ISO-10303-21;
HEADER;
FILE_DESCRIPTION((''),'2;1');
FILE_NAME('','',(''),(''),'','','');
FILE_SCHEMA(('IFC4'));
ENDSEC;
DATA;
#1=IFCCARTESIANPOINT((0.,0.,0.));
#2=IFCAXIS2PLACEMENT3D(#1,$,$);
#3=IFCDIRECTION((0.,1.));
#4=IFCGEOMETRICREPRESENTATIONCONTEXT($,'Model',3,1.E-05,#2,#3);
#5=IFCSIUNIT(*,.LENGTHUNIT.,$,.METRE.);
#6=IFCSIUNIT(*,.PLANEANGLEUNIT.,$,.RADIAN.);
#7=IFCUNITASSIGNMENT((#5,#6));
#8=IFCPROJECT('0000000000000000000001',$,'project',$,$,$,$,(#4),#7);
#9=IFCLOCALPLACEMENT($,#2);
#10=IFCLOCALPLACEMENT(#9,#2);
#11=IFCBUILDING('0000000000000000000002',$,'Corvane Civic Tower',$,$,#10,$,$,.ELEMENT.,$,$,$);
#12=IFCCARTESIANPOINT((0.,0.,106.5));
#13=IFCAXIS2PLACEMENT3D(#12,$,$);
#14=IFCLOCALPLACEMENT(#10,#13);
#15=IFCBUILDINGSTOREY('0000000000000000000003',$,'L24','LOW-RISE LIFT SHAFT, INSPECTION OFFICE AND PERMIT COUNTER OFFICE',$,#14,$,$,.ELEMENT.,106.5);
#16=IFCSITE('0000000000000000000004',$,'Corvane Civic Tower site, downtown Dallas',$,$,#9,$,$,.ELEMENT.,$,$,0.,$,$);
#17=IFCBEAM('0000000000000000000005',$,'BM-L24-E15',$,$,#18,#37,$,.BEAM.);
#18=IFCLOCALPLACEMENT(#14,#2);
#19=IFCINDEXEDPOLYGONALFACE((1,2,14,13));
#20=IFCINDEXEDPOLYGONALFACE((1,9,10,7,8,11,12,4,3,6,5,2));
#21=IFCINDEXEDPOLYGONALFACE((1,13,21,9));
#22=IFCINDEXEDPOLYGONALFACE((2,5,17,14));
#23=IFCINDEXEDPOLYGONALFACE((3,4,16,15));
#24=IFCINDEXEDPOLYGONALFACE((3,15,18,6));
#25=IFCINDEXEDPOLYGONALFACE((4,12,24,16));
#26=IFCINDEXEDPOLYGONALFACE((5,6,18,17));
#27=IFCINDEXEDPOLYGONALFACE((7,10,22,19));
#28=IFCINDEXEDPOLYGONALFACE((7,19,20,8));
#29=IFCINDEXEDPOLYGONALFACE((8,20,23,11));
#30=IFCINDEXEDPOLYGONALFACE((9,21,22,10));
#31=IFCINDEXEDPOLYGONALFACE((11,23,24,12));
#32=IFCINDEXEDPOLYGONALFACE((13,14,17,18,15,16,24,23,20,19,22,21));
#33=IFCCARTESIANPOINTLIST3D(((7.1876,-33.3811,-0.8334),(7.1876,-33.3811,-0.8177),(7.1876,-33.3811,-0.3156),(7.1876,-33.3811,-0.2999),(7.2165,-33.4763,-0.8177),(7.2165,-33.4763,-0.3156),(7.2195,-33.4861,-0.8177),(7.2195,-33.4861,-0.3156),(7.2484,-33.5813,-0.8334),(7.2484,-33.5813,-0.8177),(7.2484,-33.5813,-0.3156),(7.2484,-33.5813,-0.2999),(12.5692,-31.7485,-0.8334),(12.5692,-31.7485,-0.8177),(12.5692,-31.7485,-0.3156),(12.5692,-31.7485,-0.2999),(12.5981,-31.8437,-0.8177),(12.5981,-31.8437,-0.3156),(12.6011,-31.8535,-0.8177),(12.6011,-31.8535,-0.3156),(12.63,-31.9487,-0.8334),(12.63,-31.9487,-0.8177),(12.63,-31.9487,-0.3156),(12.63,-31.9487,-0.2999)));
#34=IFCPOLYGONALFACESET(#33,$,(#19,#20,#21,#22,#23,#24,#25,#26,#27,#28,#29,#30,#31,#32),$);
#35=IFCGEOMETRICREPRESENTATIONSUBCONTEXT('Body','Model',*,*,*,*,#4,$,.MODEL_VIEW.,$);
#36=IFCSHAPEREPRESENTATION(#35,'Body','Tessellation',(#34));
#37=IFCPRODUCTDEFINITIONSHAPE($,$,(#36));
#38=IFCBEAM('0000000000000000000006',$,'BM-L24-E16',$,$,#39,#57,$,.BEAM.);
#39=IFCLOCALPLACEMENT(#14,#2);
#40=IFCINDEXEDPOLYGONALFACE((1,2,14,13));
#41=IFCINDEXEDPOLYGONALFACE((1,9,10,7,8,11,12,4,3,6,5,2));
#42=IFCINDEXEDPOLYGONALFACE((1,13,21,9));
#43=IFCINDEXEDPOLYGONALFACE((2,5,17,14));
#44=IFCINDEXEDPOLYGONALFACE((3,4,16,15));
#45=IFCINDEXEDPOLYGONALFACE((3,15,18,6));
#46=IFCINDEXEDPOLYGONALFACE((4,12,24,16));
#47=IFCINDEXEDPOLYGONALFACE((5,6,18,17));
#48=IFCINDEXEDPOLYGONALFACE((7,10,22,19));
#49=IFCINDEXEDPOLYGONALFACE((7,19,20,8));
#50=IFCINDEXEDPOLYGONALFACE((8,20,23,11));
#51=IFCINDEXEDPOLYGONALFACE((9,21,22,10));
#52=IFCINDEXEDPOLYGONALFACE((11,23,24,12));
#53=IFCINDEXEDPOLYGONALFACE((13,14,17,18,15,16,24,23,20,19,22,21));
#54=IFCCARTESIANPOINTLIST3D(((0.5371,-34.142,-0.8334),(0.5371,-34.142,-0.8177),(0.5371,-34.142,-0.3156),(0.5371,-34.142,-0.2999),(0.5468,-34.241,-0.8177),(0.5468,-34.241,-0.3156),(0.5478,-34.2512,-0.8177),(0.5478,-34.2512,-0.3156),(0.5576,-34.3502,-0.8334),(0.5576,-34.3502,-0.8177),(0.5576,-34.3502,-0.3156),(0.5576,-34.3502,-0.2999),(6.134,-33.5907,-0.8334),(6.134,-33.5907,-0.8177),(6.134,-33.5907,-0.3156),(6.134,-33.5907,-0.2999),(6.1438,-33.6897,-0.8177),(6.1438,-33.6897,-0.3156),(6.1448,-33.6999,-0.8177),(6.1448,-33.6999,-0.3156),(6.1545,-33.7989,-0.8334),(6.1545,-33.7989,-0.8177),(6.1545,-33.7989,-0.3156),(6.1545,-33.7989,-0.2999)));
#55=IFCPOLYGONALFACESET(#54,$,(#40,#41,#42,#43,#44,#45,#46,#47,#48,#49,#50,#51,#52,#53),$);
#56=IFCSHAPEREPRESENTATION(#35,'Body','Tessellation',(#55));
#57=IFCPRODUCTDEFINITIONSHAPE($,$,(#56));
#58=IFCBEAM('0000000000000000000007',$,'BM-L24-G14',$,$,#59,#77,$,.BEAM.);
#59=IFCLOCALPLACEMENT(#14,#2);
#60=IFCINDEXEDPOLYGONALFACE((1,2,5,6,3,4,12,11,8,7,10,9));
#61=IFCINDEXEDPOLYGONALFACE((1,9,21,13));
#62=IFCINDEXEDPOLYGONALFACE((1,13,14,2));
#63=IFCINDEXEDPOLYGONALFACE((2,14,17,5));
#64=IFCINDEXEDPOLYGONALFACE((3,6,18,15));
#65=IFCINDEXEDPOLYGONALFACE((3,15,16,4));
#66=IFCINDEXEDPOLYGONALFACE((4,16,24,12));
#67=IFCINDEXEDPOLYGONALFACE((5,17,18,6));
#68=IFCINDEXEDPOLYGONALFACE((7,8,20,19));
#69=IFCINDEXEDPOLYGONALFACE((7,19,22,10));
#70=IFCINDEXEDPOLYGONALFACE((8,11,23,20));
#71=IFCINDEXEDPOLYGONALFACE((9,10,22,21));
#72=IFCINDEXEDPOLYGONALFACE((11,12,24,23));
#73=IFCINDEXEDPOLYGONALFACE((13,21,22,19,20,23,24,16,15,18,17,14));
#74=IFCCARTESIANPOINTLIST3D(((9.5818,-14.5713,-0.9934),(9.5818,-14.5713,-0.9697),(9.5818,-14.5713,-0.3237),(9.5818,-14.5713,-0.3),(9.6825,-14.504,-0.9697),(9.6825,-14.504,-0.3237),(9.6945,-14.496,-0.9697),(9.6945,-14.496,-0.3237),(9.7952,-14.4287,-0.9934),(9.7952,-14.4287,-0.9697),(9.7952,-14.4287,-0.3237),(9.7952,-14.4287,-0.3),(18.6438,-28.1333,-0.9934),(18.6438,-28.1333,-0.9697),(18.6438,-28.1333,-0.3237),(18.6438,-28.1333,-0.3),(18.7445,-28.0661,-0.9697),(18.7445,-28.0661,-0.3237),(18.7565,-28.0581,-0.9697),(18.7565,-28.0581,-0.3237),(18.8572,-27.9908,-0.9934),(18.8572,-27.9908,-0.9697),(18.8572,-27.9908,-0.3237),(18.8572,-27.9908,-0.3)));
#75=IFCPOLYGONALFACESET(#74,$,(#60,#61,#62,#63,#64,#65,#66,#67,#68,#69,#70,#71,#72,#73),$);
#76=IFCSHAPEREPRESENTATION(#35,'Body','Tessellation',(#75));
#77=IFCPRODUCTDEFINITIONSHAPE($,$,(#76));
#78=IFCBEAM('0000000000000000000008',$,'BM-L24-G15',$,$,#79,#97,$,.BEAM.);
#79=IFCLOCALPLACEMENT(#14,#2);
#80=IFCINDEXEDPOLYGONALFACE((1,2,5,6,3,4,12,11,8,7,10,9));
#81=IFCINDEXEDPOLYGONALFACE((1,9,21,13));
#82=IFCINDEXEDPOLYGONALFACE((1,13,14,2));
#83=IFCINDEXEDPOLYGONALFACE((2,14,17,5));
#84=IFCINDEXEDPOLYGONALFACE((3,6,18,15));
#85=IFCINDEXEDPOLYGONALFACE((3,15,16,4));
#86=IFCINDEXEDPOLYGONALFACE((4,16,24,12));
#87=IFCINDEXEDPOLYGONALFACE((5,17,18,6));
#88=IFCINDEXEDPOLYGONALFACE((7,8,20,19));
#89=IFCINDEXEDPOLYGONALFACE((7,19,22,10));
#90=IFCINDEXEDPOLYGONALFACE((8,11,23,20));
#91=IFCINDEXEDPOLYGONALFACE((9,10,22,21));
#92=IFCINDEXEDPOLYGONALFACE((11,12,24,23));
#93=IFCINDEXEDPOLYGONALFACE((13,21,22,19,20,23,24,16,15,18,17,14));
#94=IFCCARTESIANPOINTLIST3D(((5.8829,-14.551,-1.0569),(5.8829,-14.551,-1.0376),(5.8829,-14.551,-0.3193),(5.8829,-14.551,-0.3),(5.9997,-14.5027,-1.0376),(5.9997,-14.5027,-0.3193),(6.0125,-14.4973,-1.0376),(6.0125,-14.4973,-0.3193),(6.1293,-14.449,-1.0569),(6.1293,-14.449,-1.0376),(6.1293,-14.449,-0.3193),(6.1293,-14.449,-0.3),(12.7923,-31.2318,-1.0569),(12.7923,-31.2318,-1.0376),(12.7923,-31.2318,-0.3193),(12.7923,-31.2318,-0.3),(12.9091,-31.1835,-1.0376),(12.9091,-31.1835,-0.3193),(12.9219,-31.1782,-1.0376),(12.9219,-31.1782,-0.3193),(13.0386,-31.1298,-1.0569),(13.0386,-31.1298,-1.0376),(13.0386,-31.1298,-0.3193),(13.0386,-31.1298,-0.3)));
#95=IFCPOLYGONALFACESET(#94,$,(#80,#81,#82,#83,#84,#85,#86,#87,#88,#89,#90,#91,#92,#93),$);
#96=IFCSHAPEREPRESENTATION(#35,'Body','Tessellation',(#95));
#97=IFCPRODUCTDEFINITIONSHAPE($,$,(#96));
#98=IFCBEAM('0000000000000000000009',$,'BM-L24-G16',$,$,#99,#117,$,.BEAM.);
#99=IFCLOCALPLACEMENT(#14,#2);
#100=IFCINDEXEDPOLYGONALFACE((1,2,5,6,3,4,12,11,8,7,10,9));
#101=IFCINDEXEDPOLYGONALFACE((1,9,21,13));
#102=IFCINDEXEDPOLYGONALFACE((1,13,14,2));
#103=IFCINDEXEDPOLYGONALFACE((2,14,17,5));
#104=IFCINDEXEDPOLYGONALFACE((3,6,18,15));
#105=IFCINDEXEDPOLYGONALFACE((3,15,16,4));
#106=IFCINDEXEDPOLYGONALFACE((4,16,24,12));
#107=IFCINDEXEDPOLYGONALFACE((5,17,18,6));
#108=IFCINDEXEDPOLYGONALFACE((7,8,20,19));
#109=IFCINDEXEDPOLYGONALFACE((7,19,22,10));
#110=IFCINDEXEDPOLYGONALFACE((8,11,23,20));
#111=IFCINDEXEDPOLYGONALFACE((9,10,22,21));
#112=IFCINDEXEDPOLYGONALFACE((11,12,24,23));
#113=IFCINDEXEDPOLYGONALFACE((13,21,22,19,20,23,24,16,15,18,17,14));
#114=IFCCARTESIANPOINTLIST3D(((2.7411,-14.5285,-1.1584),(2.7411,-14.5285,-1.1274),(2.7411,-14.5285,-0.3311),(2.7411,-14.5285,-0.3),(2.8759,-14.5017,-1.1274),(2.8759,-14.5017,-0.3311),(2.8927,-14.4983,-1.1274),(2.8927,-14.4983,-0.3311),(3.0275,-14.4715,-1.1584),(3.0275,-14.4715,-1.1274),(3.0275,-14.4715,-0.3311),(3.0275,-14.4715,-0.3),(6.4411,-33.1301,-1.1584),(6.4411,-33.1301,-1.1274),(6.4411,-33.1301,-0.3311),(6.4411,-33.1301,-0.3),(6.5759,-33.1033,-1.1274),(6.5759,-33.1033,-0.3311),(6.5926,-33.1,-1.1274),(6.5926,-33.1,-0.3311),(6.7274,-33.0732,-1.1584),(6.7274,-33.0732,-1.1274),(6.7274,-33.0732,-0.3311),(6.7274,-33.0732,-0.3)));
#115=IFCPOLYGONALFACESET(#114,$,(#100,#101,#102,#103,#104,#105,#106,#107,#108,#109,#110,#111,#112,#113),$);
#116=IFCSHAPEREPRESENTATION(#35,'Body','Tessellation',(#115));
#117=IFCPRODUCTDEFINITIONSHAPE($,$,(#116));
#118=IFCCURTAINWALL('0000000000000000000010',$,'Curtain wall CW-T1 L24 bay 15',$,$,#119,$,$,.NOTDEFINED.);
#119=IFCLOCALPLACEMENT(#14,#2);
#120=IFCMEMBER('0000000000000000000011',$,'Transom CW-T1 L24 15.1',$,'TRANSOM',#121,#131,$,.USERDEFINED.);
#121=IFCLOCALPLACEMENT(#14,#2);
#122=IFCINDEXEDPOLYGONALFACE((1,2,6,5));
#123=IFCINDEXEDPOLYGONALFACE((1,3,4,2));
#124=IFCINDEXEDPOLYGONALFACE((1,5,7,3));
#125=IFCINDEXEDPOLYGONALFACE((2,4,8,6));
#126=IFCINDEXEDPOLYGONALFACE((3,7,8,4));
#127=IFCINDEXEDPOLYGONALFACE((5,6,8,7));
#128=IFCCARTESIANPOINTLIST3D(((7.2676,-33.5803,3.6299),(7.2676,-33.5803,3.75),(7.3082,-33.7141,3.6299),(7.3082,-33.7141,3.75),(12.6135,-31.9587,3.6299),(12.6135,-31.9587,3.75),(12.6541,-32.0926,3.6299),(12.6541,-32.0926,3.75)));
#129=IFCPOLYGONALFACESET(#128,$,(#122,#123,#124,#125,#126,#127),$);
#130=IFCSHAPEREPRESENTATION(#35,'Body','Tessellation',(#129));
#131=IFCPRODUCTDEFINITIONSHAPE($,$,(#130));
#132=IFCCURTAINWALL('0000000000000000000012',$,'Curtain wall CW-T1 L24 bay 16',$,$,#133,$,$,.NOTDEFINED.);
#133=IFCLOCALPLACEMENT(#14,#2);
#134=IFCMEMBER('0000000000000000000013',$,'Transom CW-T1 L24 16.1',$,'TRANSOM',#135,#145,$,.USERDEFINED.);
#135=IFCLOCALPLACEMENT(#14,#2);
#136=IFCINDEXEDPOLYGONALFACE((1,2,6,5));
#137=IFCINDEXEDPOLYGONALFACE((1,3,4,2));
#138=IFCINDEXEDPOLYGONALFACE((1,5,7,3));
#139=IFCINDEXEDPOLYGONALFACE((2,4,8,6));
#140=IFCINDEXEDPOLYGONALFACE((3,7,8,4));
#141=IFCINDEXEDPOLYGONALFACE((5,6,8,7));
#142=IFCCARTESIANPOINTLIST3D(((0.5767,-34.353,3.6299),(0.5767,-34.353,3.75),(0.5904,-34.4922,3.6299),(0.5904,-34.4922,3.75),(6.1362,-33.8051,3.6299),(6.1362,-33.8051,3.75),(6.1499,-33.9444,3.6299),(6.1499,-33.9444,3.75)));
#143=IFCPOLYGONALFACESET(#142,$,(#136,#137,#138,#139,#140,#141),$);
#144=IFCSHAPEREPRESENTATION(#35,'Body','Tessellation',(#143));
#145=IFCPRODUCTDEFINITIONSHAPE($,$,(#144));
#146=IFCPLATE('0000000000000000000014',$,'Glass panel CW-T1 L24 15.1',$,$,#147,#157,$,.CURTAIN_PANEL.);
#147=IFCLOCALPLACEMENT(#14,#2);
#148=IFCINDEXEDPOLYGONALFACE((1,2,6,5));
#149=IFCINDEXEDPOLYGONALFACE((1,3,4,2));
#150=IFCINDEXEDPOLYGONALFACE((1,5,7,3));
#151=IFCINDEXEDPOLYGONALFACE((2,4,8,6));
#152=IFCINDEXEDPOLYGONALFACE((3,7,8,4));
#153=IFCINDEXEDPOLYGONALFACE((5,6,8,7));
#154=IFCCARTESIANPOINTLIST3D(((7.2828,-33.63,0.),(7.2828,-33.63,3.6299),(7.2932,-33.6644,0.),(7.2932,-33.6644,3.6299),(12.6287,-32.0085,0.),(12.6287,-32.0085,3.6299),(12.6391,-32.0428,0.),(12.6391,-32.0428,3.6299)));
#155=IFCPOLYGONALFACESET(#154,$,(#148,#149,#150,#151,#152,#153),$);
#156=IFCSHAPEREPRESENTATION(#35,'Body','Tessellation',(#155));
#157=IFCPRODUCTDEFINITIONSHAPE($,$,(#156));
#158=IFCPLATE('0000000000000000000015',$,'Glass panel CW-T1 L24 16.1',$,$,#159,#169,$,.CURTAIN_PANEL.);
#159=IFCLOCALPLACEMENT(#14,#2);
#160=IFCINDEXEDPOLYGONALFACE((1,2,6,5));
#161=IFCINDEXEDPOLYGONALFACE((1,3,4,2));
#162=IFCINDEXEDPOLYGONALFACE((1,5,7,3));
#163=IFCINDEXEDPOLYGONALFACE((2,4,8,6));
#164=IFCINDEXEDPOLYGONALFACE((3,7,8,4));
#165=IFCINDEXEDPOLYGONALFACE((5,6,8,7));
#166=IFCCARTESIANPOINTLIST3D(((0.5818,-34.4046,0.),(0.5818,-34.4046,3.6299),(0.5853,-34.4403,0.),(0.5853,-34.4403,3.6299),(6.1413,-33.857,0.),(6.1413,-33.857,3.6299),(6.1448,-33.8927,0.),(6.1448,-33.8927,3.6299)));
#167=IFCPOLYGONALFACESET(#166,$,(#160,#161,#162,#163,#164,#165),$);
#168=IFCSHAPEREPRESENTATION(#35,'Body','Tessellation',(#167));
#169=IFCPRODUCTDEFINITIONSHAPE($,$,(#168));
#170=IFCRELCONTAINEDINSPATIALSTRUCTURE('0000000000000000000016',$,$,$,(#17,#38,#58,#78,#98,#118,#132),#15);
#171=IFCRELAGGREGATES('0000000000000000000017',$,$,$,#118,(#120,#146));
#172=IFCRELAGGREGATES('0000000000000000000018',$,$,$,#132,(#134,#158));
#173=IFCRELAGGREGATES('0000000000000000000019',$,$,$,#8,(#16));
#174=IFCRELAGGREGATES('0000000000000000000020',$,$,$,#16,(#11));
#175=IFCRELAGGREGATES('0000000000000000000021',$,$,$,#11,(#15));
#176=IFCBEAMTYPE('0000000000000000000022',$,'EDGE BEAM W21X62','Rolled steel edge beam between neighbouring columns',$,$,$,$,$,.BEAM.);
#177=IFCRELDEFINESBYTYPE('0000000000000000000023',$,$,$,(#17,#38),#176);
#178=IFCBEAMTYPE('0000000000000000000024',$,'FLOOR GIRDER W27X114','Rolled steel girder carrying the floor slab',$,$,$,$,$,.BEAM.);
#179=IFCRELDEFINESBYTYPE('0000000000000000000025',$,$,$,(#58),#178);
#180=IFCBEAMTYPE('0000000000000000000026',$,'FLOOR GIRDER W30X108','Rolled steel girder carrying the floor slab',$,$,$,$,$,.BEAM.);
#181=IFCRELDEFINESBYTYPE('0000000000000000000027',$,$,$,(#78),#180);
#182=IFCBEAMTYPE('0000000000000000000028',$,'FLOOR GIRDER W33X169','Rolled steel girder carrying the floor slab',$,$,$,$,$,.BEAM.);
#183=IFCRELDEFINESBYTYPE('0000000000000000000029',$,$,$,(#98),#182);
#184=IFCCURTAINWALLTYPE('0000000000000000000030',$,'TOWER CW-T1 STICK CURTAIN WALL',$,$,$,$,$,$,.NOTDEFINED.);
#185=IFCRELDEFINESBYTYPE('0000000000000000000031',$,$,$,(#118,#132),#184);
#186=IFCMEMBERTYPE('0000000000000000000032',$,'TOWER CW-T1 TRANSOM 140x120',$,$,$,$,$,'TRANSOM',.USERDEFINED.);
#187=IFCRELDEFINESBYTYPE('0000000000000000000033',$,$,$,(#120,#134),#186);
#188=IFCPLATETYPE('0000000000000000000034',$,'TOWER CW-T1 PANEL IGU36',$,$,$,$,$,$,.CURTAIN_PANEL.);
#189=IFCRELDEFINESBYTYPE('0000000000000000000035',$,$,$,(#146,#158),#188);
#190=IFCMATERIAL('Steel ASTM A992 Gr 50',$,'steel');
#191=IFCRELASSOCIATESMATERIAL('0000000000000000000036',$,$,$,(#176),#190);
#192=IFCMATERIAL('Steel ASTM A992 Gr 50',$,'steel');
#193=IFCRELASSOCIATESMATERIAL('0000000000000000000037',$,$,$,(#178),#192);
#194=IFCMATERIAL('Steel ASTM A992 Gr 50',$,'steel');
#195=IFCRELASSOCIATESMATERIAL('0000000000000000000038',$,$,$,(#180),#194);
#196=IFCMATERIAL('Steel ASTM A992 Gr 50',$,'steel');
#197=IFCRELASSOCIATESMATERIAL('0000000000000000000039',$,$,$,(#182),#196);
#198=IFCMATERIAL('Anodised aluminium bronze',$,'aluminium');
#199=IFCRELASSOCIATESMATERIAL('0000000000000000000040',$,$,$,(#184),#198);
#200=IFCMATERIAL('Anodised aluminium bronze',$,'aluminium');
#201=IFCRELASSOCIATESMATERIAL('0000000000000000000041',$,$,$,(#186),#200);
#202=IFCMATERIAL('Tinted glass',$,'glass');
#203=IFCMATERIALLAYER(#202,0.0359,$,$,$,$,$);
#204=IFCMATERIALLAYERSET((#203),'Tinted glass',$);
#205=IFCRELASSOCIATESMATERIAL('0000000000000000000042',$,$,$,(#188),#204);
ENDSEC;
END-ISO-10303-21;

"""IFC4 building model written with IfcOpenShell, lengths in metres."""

from ifc_helpers import new_model, si_unit, direction, frame, origin, origin_2d, place, context, subcontext, project, spatial, rectangle, i_section, extrude, material, layer, layer_set, material_profile, profile_set, type_object, element, aggregate, save


model = new_model("IFC4")

# Units and contexts
model_context = context("Model", 3, precision=1e-05, world=origin(), true_north=direction((0.0, 1.0)))
body_context = subcontext(model_context, "Body", "Model", "MODEL_VIEW")
ifc_project = project(units=[si_unit("LENGTHUNIT", "METRE"), si_unit("PLANEANGLEUNIT", "RADIAN")], contexts=[model_context])

# Site, building, storey
site_placement = place(None, origin())
site = spatial("IfcSite", under=ifc_project, at=site_placement, Name="Corvane Civic Tower site, downtown Dallas", CompositionType="ELEMENT", RefElevation=0.0)
building_placement = place(site_placement, origin())
building = spatial("IfcBuilding", under=site, at=building_placement, Name="Corvane Civic Tower", CompositionType="ELEMENT")
storey_placement = place(building_placement, frame((0.0, 0.0, 106.5)))
storey = spatial("IfcBuildingStorey", under=building, at=storey_placement, Name="L24", Description="LOW-RISE LIFT SHAFT, INSPECTION OFFICE AND PERMIT COUNTER OFFICE", CompositionType="ELEMENT", Elevation=106.5)

# Beams
ifc_material_1 = material(Name="Steel ASTM A992 Gr 50", Category="steel")
ifc_material_profile_1 = material_profile(ifc_material_1, i_section(OverallWidth=0.2092, OverallDepth=0.5334, WebThickness=0.0103, FlangeThickness=0.0156, at=origin_2d()), Name="W21X62")
ifc_profile_set_1 = profile_set([ifc_material_profile_1], Name="Steel ASTM A992 Gr 50")
beam_type_1 = type_object("IfcBeamType", Name="EDGE BEAM W21X62", Description="Rolled steel edge beam between neighbouring columns", PredefinedType="BEAM", material=ifc_profile_set_1)
beam_1_placement = place(storey_placement, frame((12.5996, -31.8486, -0.5667), z_axis=(-0.956936, -0.290298, 0.0), x_axis=(0.290298, -0.956936, 0.0)))
element("IfcBeam", 1, at=beam_1_placement, inside=storey, type_object=beam_type_1, Name="BM-L24-E15", PredefinedType="BEAM", context=body_context, shape_type="SweptSolid", body=[
    extrude(i_section(OverallWidth=0.2092, OverallDepth=0.5334, WebThickness=0.0103, FlangeThickness=0.0156, at=origin_2d()), origin(), (0.0, 0.0, 1.0), 5.6238),
])
beam_2_placement = place(storey_placement, frame((6.1443, -33.6948, -0.5667), z_axis=(-0.995184, -0.098021, 0.0), x_axis=(0.098021, -0.995184, 0.0)))
element("IfcBeam", 2, at=beam_2_placement, inside=storey, type_object=beam_type_1, Name="BM-L24-E16", PredefinedType="BEAM", context=body_context, shape_type="SweptSolid", body=[
    extrude(i_section(OverallWidth=0.2092, OverallDepth=0.5334, WebThickness=0.0103, FlangeThickness=0.0156, at=origin_2d()), origin(), (0.0, 0.0, 1.0), 5.624),
])
ifc_material_2 = material(Name="Steel ASTM A992 Gr 50", Category="steel")
ifc_material_profile_2 = material_profile(ifc_material_2, i_section(OverallWidth=0.2566, OverallDepth=0.6934, WebThickness=0.0144, FlangeThickness=0.0237, at=origin_2d()), Name="W27X114")
ifc_profile_set_2 = profile_set([ifc_material_profile_2], Name="Steel ASTM A992 Gr 50")
beam_type_2 = type_object("IfcBeamType", Name="FLOOR GIRDER W27X114", Description="Rolled steel girder carrying the floor slab", PredefinedType="BEAM", material=ifc_profile_set_2)
beam_3_placement = place(storey_placement, frame((9.6885, -14.5, -0.6467), z_axis=(0.555577, -0.831465, 0.0), x_axis=(0.831465, 0.555577, 0.0)))
element("IfcBeam", 3, at=beam_3_placement, inside=storey, type_object=beam_type_2, Name="BM-L24-G14", PredefinedType="BEAM", context=body_context, shape_type="SweptSolid", body=[
    extrude(i_section(OverallWidth=0.2566, OverallDepth=0.6934, WebThickness=0.0144, FlangeThickness=0.0237, at=origin_2d()), origin(), (0.0, 0.0, 1.0), 16.311),
])
ifc_material_3 = material(Name="Steel ASTM A992 Gr 50", Category="steel")
ifc_material_profile_3 = material_profile(ifc_material_3, i_section(OverallWidth=0.2666, OverallDepth=0.7568, WebThickness=0.0139, FlangeThickness=0.0193, at=origin_2d()), Name="W30X108")
ifc_profile_set_3 = profile_set([ifc_material_profile_3], Name="Steel ASTM A992 Gr 50")
beam_type_3 = type_object("IfcBeamType", Name="FLOOR GIRDER W30X108", Description="Rolled steel girder carrying the floor slab", PredefinedType="BEAM", material=ifc_profile_set_3)
beam_4_placement = place(storey_placement, frame((6.0061, -14.5, -0.6785), z_axis=(0.382682, -0.92388, 0.0), x_axis=(0.92388, 0.382682, 0.0)))
element("IfcBeam", 4, at=beam_4_placement, inside=storey, type_object=beam_type_3, Name="BM-L24-G15", PredefinedType="BEAM", context=body_context, shape_type="SweptSolid", body=[
    extrude(i_section(OverallWidth=0.2666, OverallDepth=0.7568, WebThickness=0.0139, FlangeThickness=0.0193, at=origin_2d()), origin(), (0.0, 0.0, 1.0), 18.0552),
])
ifc_material_4 = material(Name="Steel ASTM A992 Gr 50", Category="steel")
ifc_material_profile_4 = material_profile(ifc_material_4, i_section(OverallWidth=0.292, OverallDepth=0.8584, WebThickness=0.0171, FlangeThickness=0.031, at=origin_2d()), Name="W33X169")
ifc_profile_set_4 = profile_set([ifc_material_profile_4], Name="Steel ASTM A992 Gr 50")
beam_type_4 = type_object("IfcBeamType", Name="FLOOR GIRDER W33X169", Description="Rolled steel girder carrying the floor slab", PredefinedType="BEAM", material=ifc_profile_set_4)
beam_5_placement = place(storey_placement, frame((2.8843, -14.5, -0.7292), z_axis=(0.195084, -0.980787, 0.0), x_axis=(0.980787, 0.195084, 0.0)))
element("IfcBeam", 5, at=beam_5_placement, inside=storey, type_object=beam_type_4, Name="BM-L24-G16", PredefinedType="BEAM", context=body_context, shape_type="SweptSolid", body=[
    extrude(i_section(OverallWidth=0.292, OverallDepth=0.8584, WebThickness=0.0171, FlangeThickness=0.031, at=origin_2d()), origin(), (0.0, 0.0, 1.0), 18.9661),
])

# Curtain walls, members
ifc_material_5 = material(Name="Anodised aluminium bronze", Category="aluminium")
curtain_wall_type = type_object("IfcCurtainWallType", Name="TOWER CW-T1 STICK CURTAIN WALL", PredefinedType="NOTDEFINED", material=ifc_material_5)
curtain_wall_1_placement = place(storey_placement, origin())
curtain_wall_1 = element("IfcCurtainWall", 6, at=curtain_wall_1_placement, inside=storey, type_object=curtain_wall_type, Name="Curtain wall CW-T1 L24 bay 15", PredefinedType="NOTDEFINED")
ifc_material_6 = material(Name="Anodised aluminium bronze", Category="aluminium")
ifc_material_profile_5 = material_profile(ifc_material_6, rectangle(XDim=0.1399, YDim=0.1201, at=origin_2d()), Name="TOWER CW-T1 TRANSOM 140x120")
ifc_profile_set_5 = profile_set([ifc_material_profile_5], Name="Anodised aluminium bronze")
member_type = type_object("IfcMemberType", Name="TOWER CW-T1 TRANSOM 140x120", ElementType="TRANSOM", PredefinedType="USERDEFINED", material=ifc_profile_set_5)
member_1_placement = place(storey_placement, frame((12.6338, -32.0256, 3.6899), z_axis=(-0.956945, -0.290269, 0.0), x_axis=(0.290269, -0.956945, 0.0)))
member_1 = element("IfcMember", 7, at=member_1_placement, type_object=member_type, Name="Transom CW-T1 L24 15.1", ObjectType="TRANSOM", PredefinedType="USERDEFINED", context=body_context, shape_type="SweptSolid", body=[
    extrude(rectangle(XDim=0.1399, YDim=0.1201, at=origin_2d()), origin(), (0.0, 0.0, 1.0), 5.5864),
])
curtain_wall_2_placement = place(storey_placement, origin())
curtain_wall_2 = element("IfcCurtainWall", 8, at=curtain_wall_2_placement, inside=storey, type_object=curtain_wall_type, Name="Curtain wall CW-T1 L24 bay 16", PredefinedType="NOTDEFINED")
member_2_placement = place(storey_placement, frame((6.1431, -33.8748, 3.6899), z_axis=(-0.99518, -0.098067, 0.0), x_axis=(0.098067, -0.99518, 0.0)))
member_2 = element("IfcMember", 9, at=member_2_placement, type_object=member_type, Name="Transom CW-T1 L24 16.1", ObjectType="TRANSOM", PredefinedType="USERDEFINED", context=body_context, shape_type="SweptSolid", body=[
    extrude(rectangle(XDim=0.1399, YDim=0.1201, at=origin_2d()), origin(), (0.0, 0.0, 1.0), 5.5864),
])

# Plates
ifc_material_7 = material(Name="Tinted glass", Category="glass")
ifc_layer_1 = layer(ifc_material_7, 0.0359)
ifc_layer_set_1 = layer_set([ifc_layer_1], Name="Tinted glass")
plate_type = type_object("IfcPlateType", Name="TOWER CW-T1 PANEL IGU36", PredefinedType="CURTAIN_PANEL", material=ifc_layer_set_1)
plate_1_placement = place(storey_placement, frame((9.9609, -32.8364, 0.0), z_axis=(0.0, 0.0, 1.0), x_axis=(-0.956946, -0.290266, 0.0)))
plate_1 = element("IfcPlate", 10, at=plate_1_placement, type_object=plate_type, Name="Glass panel CW-T1 L24 15.1", PredefinedType="CURTAIN_PANEL", context=body_context, shape_type="SweptSolid", body=[
    extrude(rectangle(XDim=5.5864, YDim=0.0359, at=origin_2d()), origin(), (0.0, 0.0, 1.0), 3.6299),
])
aggregate(curtain_wall_1, [member_1, plate_1])
plate_2_placement = place(storey_placement, frame((3.3633, -34.1487, 0.0), z_axis=(0.0, 0.0, 1.0), x_axis=(-0.995184, -0.098027, 0.0)))
plate_2 = element("IfcPlate", 11, at=plate_2_placement, type_object=plate_type, Name="Glass panel CW-T1 L24 16.1", PredefinedType="CURTAIN_PANEL", context=body_context, shape_type="SweptSolid", body=[
    extrude(rectangle(XDim=5.5864, YDim=0.0359, at=origin_2d()), origin(), (0.0, 0.0, 1.0), 3.6299),
])
aggregate(curtain_wall_2, [member_2, plate_2])

save(model, "model.ifc")
